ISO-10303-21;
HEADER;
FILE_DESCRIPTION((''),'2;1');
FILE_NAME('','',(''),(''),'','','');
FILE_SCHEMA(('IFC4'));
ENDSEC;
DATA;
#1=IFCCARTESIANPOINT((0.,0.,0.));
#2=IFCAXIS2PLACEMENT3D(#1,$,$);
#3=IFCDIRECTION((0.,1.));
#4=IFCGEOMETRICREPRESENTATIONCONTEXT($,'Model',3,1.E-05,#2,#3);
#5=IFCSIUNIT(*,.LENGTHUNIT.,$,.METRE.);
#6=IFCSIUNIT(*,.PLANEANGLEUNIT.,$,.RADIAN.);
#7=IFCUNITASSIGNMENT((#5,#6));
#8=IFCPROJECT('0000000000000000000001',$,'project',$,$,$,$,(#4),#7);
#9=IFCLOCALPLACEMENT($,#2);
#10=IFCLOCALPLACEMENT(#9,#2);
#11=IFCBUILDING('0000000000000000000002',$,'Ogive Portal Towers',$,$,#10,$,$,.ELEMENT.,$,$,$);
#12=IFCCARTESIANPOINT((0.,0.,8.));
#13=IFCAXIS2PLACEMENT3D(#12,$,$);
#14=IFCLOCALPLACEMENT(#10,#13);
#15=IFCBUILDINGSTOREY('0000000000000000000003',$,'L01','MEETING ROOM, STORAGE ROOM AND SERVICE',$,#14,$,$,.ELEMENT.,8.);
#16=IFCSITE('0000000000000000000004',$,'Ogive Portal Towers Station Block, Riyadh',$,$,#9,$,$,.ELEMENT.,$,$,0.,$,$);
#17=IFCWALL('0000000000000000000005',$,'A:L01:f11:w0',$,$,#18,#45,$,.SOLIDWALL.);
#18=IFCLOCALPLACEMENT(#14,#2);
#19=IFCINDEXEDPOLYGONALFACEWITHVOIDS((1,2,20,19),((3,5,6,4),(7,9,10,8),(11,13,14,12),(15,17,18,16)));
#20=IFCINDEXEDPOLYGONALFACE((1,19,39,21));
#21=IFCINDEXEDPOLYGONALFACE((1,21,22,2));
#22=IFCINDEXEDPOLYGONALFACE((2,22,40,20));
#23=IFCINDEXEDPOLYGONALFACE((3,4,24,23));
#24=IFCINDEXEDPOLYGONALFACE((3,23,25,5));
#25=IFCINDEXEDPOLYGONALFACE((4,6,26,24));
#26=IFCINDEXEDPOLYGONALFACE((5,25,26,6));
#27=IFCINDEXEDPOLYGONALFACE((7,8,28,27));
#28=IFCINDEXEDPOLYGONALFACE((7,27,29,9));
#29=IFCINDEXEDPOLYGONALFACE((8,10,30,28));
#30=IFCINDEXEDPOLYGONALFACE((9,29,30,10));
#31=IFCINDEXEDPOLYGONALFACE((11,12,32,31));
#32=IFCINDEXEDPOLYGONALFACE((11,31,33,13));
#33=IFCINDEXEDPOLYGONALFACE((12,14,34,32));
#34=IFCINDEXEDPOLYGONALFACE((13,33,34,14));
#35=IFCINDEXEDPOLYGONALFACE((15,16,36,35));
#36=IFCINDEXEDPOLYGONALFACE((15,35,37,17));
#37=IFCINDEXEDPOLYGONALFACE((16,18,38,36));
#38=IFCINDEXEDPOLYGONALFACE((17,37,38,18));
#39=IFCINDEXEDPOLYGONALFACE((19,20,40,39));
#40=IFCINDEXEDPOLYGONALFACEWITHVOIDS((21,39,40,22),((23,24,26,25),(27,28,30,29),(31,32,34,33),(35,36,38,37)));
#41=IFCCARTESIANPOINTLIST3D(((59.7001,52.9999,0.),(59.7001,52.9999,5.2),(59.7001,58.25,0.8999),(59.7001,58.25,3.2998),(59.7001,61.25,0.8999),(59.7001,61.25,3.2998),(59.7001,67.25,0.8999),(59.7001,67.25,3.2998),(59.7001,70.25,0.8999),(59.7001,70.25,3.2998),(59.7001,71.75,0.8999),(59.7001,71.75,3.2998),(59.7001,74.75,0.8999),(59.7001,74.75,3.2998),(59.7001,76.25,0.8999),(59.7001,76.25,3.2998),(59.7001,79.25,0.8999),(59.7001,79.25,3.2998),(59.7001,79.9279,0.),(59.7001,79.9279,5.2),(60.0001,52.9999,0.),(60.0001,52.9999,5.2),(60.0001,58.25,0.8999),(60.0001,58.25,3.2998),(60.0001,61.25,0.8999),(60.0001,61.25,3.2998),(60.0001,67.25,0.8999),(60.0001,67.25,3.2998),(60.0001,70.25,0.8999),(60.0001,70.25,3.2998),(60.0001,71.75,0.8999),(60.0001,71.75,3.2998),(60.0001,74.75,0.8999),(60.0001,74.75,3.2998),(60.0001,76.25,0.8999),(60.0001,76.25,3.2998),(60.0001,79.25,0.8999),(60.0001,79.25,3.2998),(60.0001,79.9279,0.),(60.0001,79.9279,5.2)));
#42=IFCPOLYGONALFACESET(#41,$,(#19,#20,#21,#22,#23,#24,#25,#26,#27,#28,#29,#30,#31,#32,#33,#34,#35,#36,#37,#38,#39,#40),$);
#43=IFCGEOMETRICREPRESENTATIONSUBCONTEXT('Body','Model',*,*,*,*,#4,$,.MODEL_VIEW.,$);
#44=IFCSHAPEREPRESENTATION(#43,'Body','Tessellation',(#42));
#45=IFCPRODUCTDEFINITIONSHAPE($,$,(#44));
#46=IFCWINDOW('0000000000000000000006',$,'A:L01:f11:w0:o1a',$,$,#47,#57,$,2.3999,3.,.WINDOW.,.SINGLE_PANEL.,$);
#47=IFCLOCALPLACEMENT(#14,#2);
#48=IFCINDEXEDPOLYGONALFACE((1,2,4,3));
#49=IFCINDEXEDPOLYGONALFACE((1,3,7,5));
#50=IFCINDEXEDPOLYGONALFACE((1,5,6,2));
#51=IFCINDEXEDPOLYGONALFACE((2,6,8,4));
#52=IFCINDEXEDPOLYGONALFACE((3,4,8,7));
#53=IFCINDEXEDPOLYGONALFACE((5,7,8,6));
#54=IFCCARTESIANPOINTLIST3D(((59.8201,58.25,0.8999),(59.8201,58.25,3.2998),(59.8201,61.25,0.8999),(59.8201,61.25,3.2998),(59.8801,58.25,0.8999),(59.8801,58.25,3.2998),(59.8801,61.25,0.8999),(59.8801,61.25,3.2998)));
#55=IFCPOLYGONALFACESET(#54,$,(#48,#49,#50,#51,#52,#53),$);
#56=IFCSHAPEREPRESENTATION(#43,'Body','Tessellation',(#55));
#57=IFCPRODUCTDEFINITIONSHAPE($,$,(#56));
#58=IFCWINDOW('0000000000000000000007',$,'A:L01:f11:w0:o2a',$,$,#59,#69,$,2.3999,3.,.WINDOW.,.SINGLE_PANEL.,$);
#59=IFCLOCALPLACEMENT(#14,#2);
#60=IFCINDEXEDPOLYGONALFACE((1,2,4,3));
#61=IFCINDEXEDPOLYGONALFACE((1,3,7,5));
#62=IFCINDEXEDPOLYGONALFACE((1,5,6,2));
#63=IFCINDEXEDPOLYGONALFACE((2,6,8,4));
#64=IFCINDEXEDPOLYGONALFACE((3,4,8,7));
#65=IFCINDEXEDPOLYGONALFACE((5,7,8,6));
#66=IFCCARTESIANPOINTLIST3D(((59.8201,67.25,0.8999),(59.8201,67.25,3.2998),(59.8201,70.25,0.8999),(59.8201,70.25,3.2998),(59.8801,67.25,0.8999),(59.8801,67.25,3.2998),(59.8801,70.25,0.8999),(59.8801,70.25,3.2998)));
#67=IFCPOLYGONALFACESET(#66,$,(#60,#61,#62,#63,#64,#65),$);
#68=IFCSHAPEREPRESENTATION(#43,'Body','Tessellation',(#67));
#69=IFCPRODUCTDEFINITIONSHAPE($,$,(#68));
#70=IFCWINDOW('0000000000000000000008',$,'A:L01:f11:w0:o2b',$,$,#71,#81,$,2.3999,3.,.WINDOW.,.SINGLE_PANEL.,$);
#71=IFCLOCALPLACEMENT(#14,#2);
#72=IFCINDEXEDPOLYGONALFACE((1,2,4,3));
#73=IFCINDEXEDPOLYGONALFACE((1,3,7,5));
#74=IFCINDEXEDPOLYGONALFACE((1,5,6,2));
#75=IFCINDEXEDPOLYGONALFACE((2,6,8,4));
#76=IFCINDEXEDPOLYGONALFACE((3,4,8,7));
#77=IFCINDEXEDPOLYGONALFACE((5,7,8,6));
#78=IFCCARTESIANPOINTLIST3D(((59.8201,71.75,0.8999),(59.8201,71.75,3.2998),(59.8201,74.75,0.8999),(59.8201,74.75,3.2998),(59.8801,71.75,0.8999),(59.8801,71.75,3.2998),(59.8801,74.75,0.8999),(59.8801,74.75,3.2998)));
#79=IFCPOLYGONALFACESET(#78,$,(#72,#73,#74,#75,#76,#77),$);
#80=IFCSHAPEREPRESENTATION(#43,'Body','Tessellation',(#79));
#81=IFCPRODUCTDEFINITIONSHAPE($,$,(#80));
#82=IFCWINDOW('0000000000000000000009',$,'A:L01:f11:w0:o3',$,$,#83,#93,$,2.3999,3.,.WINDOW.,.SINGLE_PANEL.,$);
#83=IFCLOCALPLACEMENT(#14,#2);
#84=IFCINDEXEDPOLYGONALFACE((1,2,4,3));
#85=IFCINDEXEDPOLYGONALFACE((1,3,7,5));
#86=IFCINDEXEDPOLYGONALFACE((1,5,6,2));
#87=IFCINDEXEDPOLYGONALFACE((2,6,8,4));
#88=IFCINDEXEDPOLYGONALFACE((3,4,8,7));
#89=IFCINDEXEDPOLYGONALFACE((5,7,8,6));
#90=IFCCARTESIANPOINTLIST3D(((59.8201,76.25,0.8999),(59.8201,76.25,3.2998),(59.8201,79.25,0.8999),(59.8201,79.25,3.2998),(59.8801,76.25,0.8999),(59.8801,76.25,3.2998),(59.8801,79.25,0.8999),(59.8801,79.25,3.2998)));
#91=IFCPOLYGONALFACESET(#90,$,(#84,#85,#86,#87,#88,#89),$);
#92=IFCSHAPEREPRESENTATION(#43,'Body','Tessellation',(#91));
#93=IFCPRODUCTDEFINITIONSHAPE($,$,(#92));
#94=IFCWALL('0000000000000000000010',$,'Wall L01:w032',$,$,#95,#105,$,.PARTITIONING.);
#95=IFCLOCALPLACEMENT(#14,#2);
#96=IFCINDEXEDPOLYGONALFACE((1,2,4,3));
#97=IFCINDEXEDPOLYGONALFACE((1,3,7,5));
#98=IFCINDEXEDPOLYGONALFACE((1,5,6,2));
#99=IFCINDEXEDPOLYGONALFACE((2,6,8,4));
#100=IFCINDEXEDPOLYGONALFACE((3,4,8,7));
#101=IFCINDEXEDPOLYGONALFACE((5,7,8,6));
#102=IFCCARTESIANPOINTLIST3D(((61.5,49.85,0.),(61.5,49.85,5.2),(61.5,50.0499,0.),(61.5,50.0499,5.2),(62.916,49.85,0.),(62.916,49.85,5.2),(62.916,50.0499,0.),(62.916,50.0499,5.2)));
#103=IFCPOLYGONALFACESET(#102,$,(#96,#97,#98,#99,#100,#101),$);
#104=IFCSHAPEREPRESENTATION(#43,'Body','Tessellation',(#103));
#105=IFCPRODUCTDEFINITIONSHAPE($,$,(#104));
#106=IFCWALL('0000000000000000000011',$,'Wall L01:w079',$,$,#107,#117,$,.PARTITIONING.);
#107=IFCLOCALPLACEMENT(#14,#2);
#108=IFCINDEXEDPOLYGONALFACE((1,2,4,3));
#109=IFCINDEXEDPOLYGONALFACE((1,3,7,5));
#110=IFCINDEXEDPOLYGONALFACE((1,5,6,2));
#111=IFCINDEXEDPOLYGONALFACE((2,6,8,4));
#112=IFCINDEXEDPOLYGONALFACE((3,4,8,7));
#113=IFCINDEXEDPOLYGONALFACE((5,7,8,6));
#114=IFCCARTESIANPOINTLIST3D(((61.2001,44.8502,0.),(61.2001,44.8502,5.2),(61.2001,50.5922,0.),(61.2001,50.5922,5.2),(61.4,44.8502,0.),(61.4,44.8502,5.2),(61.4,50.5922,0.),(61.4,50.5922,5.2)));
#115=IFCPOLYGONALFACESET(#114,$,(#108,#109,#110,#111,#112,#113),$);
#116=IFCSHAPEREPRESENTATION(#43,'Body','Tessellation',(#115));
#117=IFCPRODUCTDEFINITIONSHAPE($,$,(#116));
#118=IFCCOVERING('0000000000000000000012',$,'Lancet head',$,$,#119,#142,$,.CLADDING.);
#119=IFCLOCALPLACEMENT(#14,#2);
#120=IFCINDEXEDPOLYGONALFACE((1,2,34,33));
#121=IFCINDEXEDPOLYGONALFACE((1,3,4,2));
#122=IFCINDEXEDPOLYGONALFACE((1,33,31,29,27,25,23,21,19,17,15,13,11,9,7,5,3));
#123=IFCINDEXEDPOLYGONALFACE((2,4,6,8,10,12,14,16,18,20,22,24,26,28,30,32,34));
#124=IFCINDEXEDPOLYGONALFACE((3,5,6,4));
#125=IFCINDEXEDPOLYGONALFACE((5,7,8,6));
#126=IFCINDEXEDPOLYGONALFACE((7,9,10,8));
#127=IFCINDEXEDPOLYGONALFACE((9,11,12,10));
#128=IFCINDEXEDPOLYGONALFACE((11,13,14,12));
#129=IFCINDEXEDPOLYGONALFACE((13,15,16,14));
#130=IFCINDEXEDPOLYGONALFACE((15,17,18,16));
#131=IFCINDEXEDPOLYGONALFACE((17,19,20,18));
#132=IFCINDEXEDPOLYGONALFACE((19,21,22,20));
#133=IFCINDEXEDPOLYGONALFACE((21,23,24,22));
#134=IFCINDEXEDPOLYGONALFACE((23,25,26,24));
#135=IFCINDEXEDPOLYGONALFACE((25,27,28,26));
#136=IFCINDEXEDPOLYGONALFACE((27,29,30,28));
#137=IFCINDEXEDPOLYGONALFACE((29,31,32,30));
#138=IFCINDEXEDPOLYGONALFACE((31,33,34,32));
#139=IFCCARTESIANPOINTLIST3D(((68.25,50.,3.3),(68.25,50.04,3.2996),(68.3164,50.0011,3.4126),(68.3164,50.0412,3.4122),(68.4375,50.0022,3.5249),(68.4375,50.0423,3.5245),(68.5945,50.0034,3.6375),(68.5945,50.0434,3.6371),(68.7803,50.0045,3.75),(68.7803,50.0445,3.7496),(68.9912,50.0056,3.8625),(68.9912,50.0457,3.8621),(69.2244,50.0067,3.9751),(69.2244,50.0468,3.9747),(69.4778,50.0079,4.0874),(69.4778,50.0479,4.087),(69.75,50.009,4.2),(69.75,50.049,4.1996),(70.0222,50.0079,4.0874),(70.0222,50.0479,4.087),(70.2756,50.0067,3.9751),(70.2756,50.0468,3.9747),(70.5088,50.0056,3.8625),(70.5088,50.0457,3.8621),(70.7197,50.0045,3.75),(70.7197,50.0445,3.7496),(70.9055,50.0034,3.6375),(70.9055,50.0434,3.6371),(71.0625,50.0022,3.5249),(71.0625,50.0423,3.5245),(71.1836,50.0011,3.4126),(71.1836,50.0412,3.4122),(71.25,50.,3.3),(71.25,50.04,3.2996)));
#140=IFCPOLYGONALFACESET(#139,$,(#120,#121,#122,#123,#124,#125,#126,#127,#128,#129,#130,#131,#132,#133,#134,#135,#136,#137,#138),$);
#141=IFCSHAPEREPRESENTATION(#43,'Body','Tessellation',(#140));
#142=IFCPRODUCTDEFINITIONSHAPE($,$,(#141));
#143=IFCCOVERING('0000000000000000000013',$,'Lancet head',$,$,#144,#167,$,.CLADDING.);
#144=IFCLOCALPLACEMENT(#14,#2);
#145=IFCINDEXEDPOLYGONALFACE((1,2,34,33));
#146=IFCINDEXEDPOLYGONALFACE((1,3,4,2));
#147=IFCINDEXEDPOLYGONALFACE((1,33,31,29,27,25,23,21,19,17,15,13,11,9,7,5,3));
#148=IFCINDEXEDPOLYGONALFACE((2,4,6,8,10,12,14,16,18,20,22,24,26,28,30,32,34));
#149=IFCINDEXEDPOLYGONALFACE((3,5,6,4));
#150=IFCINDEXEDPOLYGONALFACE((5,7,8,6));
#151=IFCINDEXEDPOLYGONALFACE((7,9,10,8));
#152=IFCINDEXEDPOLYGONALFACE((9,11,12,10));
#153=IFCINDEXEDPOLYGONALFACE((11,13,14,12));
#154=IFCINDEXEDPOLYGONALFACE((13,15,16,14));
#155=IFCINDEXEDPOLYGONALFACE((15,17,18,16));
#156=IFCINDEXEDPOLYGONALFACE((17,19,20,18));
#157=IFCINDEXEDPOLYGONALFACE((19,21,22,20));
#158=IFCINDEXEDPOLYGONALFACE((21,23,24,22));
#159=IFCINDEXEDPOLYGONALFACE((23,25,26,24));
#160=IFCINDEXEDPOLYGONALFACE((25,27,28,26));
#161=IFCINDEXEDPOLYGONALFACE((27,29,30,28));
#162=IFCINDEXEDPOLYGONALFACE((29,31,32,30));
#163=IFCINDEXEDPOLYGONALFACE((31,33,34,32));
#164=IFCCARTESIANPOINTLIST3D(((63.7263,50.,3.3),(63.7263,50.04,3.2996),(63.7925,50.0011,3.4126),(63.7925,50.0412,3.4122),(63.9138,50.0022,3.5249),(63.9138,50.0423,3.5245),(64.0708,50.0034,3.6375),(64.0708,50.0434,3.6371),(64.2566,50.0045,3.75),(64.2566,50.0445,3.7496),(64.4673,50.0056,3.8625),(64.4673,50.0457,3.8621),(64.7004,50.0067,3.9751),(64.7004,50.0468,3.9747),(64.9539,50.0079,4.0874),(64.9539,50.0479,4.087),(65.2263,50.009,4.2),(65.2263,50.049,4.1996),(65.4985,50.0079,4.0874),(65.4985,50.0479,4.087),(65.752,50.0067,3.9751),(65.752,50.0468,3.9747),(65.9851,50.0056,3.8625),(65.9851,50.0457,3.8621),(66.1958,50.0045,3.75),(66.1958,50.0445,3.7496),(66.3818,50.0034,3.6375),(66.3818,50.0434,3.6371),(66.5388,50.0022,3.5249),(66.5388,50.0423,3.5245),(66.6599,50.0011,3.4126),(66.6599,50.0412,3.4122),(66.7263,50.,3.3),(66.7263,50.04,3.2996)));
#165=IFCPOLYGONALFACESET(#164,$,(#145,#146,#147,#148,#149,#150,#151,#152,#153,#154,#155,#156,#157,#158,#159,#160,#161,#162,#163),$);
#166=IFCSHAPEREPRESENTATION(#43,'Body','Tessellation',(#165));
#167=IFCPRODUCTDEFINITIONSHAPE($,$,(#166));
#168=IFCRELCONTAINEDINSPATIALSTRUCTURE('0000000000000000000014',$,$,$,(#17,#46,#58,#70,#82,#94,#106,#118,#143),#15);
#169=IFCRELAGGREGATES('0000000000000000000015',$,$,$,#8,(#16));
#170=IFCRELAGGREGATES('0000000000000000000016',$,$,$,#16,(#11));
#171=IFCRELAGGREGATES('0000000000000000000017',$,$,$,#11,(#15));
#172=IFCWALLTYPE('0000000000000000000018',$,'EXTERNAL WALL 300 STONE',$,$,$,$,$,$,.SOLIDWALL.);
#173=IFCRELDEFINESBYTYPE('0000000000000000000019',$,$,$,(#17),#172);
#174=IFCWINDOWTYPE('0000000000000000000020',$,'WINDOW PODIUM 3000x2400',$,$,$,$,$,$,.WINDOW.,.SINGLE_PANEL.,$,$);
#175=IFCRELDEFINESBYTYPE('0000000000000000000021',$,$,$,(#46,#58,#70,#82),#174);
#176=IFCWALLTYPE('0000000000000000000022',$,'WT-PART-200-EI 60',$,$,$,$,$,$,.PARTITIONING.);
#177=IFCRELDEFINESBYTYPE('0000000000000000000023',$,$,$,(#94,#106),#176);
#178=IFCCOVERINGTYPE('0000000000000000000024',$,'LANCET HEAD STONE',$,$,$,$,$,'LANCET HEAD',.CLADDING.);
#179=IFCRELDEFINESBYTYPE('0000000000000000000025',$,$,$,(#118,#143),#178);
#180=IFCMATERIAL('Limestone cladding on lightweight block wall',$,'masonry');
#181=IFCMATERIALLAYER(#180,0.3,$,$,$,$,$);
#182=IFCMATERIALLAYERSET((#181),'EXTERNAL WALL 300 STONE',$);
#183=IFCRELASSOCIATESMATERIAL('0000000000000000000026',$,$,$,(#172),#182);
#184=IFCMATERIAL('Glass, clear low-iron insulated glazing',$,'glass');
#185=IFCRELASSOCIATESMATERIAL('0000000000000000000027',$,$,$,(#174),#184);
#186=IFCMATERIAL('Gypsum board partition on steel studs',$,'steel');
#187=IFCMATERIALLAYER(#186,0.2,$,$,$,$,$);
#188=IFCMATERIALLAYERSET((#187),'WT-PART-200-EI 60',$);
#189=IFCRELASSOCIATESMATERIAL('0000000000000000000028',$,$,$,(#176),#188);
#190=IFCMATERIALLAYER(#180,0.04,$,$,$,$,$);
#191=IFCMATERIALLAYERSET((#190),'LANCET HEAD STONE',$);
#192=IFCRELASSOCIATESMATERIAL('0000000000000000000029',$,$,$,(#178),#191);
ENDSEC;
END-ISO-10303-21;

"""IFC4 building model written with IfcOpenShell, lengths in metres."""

from ifc_helpers import new_model, si_unit, direction, frame, frame_2d, origin, place, context, subcontext, project, spatial, polyline, rectangle, outline, extrude, material, layer, layer_set, type_object, element, fill, save


model = new_model("IFC4")

# Units and contexts
model_context = context("Model", 3, precision=1e-05, world=origin(), true_north=direction((0.0, 1.0)))
body_context = subcontext(model_context, "Body", "Model", "MODEL_VIEW")
ifc_project = project(units=[si_unit("LENGTHUNIT", "METRE"), si_unit("PLANEANGLEUNIT", "RADIAN")], contexts=[model_context])

# Site, building, storey
site_placement = place(None, origin())
site = spatial("IfcSite", under=ifc_project, at=site_placement, Name="Ogive Portal Towers Station Block, Riyadh", CompositionType="ELEMENT", RefElevation=0.0)
building_placement = place(site_placement, origin())
building = spatial("IfcBuilding", under=site, at=building_placement, Name="Ogive Portal Towers", CompositionType="ELEMENT")
storey_placement = place(building_placement, frame((0.0, 0.0, 8.0)))
storey = spatial("IfcBuildingStorey", under=building, at=storey_placement, Name="L01", Description="MEETING ROOM, STORAGE ROOM AND SERVICE", CompositionType="ELEMENT", Elevation=8.0)

# Shared definitions
ifc_material_1 = material(Name="Limestone cladding on lightweight block wall", Category="masonry")
ifc_layer_1 = layer(ifc_material_1, 0.3)
ifc_layer_set_1 = layer_set([ifc_layer_1], Name="EXTERNAL WALL 300 STONE")
wall_type_1 = type_object("IfcWallType", Name="EXTERNAL WALL 300 STONE", PredefinedType="SOLIDWALL", material=ifc_layer_set_1)

# Wall, openings, windows
wall_1_placement = place(storey_placement, frame((59.8501, 53.0, 0.0), z_axis=(0.0, 0.0, 1.0), x_axis=(0.0, 1.0, 0.0)))
wall_1 = element("IfcWall", 1, at=wall_1_placement, inside=storey, type_object=wall_type_1, Name="A:L01:f11:w0", PredefinedType="SOLIDWALL", context=body_context, shape_type="SweptSolid", body=[
    extrude(rectangle(XDim=26.928, YDim=0.3, at=frame_2d((13.4639, 0.0))), origin(), (0.0, 0.0, 1.0), 5.2),
])
opening_1_placement = place(wall_1_placement, frame((5.25, 0.0, 0.8999)))
opening_1 = element("IfcOpeningElement", 2, at=opening_1_placement, cuts=wall_1, PredefinedType="OPENING", context=body_context, shape_type="SweptSolid", body=[
    extrude(rectangle(XDim=3.0, YDim=2.3999, at=frame_2d((1.5, 1.2))), frame((0.0, 0.1602, 0.0), z_axis=(0.0, -1.0, 0.0), x_axis=(1.0, 0.0, 0.0)), (0.0, 0.0, 1.0), 0.3201),
])
opening_2_placement = place(wall_1_placement, frame((14.25, 0.0, 0.8999)))
opening_2 = element("IfcOpeningElement", 3, at=opening_2_placement, cuts=wall_1, PredefinedType="OPENING", context=body_context, shape_type="SweptSolid", body=[
    extrude(rectangle(XDim=3.0, YDim=2.3999, at=frame_2d((1.5, 1.2))), frame((0.0, 0.1602, 0.0), z_axis=(0.0, -1.0, 0.0), x_axis=(1.0, 0.0, 0.0)), (0.0, 0.0, 1.0), 0.3201),
])
opening_3_placement = place(wall_1_placement, frame((18.75, 0.0, 0.8999)))
opening_3 = element("IfcOpeningElement", 4, at=opening_3_placement, cuts=wall_1, PredefinedType="OPENING", context=body_context, shape_type="SweptSolid", body=[
    extrude(rectangle(XDim=3.0, YDim=2.3999, at=frame_2d((1.5, 1.2))), frame((0.0, 0.1602, 0.0), z_axis=(0.0, -1.0, 0.0), x_axis=(1.0, 0.0, 0.0)), (0.0, 0.0, 1.0), 0.3201),
])
opening_4_placement = place(wall_1_placement, frame((23.25, 0.0, 0.8999)))
opening_4 = element("IfcOpeningElement", 5, at=opening_4_placement, cuts=wall_1, PredefinedType="OPENING", context=body_context, shape_type="SweptSolid", body=[
    extrude(rectangle(XDim=3.0, YDim=2.3999, at=frame_2d((1.5, 1.2))), frame((0.0, 0.1602, 0.0), z_axis=(0.0, -1.0, 0.0), x_axis=(1.0, 0.0, 0.0)), (0.0, 0.0, 1.0), 0.3201),
])
ifc_material_2 = material(Name="Glass, clear low-iron insulated glazing", Category="glass")
window_type = type_object("IfcWindowType", Name="WINDOW PODIUM 3000x2400", PartitioningType="SINGLE_PANEL", PredefinedType="WINDOW", material=ifc_material_2)
window_1_placement = place(opening_1_placement, origin())
window_1 = element("IfcWindow", 6, at=window_1_placement, inside=storey, type_object=window_type, Name="A:L01:f11:w0:o1a", OverallHeight=2.3999, OverallWidth=3.0, PartitioningType="SINGLE_PANEL", PredefinedType="WINDOW", context=body_context, shape_type="SweptSolid", body=[
    extrude(rectangle(XDim=3.0, YDim=2.3999, at=frame_2d((1.5, 1.2))), frame((0.0, 0.03, 0.0), z_axis=(0.0, -1.0, 0.0), x_axis=(1.0, 0.0, 0.0)), (0.0, 0.0, 1.0), 0.0601),
])
fill(opening_1, window_1)
window_2_placement = place(opening_2_placement, origin())
window_2 = element("IfcWindow", 7, at=window_2_placement, inside=storey, type_object=window_type, Name="A:L01:f11:w0:o2a", OverallHeight=2.3999, OverallWidth=3.0, PartitioningType="SINGLE_PANEL", PredefinedType="WINDOW", context=body_context, shape_type="SweptSolid", body=[
    extrude(rectangle(XDim=3.0, YDim=2.3999, at=frame_2d((1.5, 1.2))), frame((0.0, 0.03, 0.0), z_axis=(0.0, -1.0, 0.0), x_axis=(1.0, 0.0, 0.0)), (0.0, 0.0, 1.0), 0.0601),
])
fill(opening_2, window_2)
window_3_placement = place(opening_3_placement, origin())
window_3 = element("IfcWindow", 8, at=window_3_placement, inside=storey, type_object=window_type, Name="A:L01:f11:w0:o2b", OverallHeight=2.3999, OverallWidth=3.0, PartitioningType="SINGLE_PANEL", PredefinedType="WINDOW", context=body_context, shape_type="SweptSolid", body=[
    extrude(rectangle(XDim=3.0, YDim=2.3999, at=frame_2d((1.5, 1.2))), frame((0.0, 0.03, 0.0), z_axis=(0.0, -1.0, 0.0), x_axis=(1.0, 0.0, 0.0)), (0.0, 0.0, 1.0), 0.0601),
])
fill(opening_3, window_3)
window_4_placement = place(opening_4_placement, origin())
window_4 = element("IfcWindow", 9, at=window_4_placement, inside=storey, type_object=window_type, Name="A:L01:f11:w0:o3", OverallHeight=2.3999, OverallWidth=3.0, PartitioningType="SINGLE_PANEL", PredefinedType="WINDOW", context=body_context, shape_type="SweptSolid", body=[
    extrude(rectangle(XDim=3.0, YDim=2.3999, at=frame_2d((1.5, 1.2))), frame((0.0, 0.03, 0.0), z_axis=(0.0, -1.0, 0.0), x_axis=(1.0, 0.0, 0.0)), (0.0, 0.0, 1.0), 0.0601),
])
fill(opening_4, window_4)

# Walls
ifc_material_3 = material(Name="Gypsum board partition on steel studs", Category="steel")
ifc_layer_2 = layer(ifc_material_3, 0.2)
ifc_layer_set_2 = layer_set([ifc_layer_2], Name="WT-PART-200-EI 60")
wall_type_2 = type_object("IfcWallType", Name="WT-PART-200-EI 60", PredefinedType="PARTITIONING", material=ifc_layer_set_2)
wall_2_placement = place(storey_placement, frame((61.5, 49.95, 0.0), z_axis=(0.0, 0.0, 1.0), x_axis=(1.0, 0.0, 0.0)))
element("IfcWall", 10, at=wall_2_placement, inside=storey, type_object=wall_type_2, Name="Wall L01:w032", PredefinedType="PARTITIONING", context=body_context, shape_type="SweptSolid", body=[
    extrude(rectangle(XDim=1.416, YDim=0.2, at=frame_2d((0.708, 0.0))), origin(), (0.0, 0.0, 1.0), 5.2),
])
wall_3_placement = place(storey_placement, frame((61.3, 44.8501, 0.0), z_axis=(0.0, 0.0, 1.0), x_axis=(0.0, 1.0, 0.0)))
element("IfcWall", 11, at=wall_3_placement, inside=storey, type_object=wall_type_2, Name="Wall L01:w079", PredefinedType="PARTITIONING", context=body_context, shape_type="SweptSolid", body=[
    extrude(rectangle(XDim=5.7419, YDim=0.2, at=frame_2d((2.8711, 0.0))), origin(), (0.0, 0.0, 1.0), 5.2),
])

# Coverings
ifc_layer_3 = layer(ifc_material_1, 0.04)
ifc_layer_set_3 = layer_set([ifc_layer_3], Name="LANCET HEAD STONE")
covering_type_1 = type_object("IfcCoveringType", Name="LANCET HEAD STONE", ElementType="LANCET HEAD", PredefinedType="CLADDING", material=ifc_layer_set_3)
covering_1_placement = place(storey_placement, frame((71.25, 50.0, 3.3), z_axis=(0.0, -0.99995, 0.009994), x_axis=(-1.0, 0.0, 0.0)))
element("IfcCovering", 12, at=covering_1_placement, inside=storey, type_object=covering_type_1, Name="Lancet head", PredefinedType="CLADDING", context=body_context, shape_type="SweptSolid", body=[
    extrude(outline(polyline([(0.0, 0.0), (3.0, 0.0), (2.9336, -0.1126), (2.8125, -0.2249), (2.6555, -0.3374), (2.4697, -0.45), (2.2588, -0.5625), (2.0256, -0.6751), (1.7722, -0.7874), (1.5, -0.8999), (1.2278, -0.7874), (0.9744, -0.6751), (0.7412, -0.5625), (0.5303, -0.45), (0.3445, -0.3374), (0.1875, -0.2249), (0.0664, -0.1126), (0.0, 0.0)])), origin(), (0.0, 0.0, -1.0), 0.04),
])
covering_2_placement = place(storey_placement, frame((66.7263, 50.0, 3.3), z_axis=(0.0, -0.99995, 0.009994), x_axis=(-1.0, 0.0, 0.0)))
element("IfcCovering", 13, at=covering_2_placement, inside=storey, type_object=covering_type_1, Name="Lancet head", PredefinedType="CLADDING", context=body_context, shape_type="SweptSolid", body=[
    extrude(outline(polyline([(0.0, 0.0), (3.0, 0.0), (2.9338, -0.1126), (2.8125, -0.2249), (2.6555, -0.3374), (2.4697, -0.45), (2.259, -0.5625), (2.0259, -0.6751), (1.7725, -0.7874), (1.5, -0.8999), (1.2278, -0.7874), (0.9744, -0.6751), (0.7412, -0.5625), (0.5305, -0.45), (0.3445, -0.3374), (0.1875, -0.2249), (0.0664, -0.1126), (0.0, 0.0)])), origin(), (0.0, 0.0, -1.0), 0.04),
])

save(model, "model.ifc")
